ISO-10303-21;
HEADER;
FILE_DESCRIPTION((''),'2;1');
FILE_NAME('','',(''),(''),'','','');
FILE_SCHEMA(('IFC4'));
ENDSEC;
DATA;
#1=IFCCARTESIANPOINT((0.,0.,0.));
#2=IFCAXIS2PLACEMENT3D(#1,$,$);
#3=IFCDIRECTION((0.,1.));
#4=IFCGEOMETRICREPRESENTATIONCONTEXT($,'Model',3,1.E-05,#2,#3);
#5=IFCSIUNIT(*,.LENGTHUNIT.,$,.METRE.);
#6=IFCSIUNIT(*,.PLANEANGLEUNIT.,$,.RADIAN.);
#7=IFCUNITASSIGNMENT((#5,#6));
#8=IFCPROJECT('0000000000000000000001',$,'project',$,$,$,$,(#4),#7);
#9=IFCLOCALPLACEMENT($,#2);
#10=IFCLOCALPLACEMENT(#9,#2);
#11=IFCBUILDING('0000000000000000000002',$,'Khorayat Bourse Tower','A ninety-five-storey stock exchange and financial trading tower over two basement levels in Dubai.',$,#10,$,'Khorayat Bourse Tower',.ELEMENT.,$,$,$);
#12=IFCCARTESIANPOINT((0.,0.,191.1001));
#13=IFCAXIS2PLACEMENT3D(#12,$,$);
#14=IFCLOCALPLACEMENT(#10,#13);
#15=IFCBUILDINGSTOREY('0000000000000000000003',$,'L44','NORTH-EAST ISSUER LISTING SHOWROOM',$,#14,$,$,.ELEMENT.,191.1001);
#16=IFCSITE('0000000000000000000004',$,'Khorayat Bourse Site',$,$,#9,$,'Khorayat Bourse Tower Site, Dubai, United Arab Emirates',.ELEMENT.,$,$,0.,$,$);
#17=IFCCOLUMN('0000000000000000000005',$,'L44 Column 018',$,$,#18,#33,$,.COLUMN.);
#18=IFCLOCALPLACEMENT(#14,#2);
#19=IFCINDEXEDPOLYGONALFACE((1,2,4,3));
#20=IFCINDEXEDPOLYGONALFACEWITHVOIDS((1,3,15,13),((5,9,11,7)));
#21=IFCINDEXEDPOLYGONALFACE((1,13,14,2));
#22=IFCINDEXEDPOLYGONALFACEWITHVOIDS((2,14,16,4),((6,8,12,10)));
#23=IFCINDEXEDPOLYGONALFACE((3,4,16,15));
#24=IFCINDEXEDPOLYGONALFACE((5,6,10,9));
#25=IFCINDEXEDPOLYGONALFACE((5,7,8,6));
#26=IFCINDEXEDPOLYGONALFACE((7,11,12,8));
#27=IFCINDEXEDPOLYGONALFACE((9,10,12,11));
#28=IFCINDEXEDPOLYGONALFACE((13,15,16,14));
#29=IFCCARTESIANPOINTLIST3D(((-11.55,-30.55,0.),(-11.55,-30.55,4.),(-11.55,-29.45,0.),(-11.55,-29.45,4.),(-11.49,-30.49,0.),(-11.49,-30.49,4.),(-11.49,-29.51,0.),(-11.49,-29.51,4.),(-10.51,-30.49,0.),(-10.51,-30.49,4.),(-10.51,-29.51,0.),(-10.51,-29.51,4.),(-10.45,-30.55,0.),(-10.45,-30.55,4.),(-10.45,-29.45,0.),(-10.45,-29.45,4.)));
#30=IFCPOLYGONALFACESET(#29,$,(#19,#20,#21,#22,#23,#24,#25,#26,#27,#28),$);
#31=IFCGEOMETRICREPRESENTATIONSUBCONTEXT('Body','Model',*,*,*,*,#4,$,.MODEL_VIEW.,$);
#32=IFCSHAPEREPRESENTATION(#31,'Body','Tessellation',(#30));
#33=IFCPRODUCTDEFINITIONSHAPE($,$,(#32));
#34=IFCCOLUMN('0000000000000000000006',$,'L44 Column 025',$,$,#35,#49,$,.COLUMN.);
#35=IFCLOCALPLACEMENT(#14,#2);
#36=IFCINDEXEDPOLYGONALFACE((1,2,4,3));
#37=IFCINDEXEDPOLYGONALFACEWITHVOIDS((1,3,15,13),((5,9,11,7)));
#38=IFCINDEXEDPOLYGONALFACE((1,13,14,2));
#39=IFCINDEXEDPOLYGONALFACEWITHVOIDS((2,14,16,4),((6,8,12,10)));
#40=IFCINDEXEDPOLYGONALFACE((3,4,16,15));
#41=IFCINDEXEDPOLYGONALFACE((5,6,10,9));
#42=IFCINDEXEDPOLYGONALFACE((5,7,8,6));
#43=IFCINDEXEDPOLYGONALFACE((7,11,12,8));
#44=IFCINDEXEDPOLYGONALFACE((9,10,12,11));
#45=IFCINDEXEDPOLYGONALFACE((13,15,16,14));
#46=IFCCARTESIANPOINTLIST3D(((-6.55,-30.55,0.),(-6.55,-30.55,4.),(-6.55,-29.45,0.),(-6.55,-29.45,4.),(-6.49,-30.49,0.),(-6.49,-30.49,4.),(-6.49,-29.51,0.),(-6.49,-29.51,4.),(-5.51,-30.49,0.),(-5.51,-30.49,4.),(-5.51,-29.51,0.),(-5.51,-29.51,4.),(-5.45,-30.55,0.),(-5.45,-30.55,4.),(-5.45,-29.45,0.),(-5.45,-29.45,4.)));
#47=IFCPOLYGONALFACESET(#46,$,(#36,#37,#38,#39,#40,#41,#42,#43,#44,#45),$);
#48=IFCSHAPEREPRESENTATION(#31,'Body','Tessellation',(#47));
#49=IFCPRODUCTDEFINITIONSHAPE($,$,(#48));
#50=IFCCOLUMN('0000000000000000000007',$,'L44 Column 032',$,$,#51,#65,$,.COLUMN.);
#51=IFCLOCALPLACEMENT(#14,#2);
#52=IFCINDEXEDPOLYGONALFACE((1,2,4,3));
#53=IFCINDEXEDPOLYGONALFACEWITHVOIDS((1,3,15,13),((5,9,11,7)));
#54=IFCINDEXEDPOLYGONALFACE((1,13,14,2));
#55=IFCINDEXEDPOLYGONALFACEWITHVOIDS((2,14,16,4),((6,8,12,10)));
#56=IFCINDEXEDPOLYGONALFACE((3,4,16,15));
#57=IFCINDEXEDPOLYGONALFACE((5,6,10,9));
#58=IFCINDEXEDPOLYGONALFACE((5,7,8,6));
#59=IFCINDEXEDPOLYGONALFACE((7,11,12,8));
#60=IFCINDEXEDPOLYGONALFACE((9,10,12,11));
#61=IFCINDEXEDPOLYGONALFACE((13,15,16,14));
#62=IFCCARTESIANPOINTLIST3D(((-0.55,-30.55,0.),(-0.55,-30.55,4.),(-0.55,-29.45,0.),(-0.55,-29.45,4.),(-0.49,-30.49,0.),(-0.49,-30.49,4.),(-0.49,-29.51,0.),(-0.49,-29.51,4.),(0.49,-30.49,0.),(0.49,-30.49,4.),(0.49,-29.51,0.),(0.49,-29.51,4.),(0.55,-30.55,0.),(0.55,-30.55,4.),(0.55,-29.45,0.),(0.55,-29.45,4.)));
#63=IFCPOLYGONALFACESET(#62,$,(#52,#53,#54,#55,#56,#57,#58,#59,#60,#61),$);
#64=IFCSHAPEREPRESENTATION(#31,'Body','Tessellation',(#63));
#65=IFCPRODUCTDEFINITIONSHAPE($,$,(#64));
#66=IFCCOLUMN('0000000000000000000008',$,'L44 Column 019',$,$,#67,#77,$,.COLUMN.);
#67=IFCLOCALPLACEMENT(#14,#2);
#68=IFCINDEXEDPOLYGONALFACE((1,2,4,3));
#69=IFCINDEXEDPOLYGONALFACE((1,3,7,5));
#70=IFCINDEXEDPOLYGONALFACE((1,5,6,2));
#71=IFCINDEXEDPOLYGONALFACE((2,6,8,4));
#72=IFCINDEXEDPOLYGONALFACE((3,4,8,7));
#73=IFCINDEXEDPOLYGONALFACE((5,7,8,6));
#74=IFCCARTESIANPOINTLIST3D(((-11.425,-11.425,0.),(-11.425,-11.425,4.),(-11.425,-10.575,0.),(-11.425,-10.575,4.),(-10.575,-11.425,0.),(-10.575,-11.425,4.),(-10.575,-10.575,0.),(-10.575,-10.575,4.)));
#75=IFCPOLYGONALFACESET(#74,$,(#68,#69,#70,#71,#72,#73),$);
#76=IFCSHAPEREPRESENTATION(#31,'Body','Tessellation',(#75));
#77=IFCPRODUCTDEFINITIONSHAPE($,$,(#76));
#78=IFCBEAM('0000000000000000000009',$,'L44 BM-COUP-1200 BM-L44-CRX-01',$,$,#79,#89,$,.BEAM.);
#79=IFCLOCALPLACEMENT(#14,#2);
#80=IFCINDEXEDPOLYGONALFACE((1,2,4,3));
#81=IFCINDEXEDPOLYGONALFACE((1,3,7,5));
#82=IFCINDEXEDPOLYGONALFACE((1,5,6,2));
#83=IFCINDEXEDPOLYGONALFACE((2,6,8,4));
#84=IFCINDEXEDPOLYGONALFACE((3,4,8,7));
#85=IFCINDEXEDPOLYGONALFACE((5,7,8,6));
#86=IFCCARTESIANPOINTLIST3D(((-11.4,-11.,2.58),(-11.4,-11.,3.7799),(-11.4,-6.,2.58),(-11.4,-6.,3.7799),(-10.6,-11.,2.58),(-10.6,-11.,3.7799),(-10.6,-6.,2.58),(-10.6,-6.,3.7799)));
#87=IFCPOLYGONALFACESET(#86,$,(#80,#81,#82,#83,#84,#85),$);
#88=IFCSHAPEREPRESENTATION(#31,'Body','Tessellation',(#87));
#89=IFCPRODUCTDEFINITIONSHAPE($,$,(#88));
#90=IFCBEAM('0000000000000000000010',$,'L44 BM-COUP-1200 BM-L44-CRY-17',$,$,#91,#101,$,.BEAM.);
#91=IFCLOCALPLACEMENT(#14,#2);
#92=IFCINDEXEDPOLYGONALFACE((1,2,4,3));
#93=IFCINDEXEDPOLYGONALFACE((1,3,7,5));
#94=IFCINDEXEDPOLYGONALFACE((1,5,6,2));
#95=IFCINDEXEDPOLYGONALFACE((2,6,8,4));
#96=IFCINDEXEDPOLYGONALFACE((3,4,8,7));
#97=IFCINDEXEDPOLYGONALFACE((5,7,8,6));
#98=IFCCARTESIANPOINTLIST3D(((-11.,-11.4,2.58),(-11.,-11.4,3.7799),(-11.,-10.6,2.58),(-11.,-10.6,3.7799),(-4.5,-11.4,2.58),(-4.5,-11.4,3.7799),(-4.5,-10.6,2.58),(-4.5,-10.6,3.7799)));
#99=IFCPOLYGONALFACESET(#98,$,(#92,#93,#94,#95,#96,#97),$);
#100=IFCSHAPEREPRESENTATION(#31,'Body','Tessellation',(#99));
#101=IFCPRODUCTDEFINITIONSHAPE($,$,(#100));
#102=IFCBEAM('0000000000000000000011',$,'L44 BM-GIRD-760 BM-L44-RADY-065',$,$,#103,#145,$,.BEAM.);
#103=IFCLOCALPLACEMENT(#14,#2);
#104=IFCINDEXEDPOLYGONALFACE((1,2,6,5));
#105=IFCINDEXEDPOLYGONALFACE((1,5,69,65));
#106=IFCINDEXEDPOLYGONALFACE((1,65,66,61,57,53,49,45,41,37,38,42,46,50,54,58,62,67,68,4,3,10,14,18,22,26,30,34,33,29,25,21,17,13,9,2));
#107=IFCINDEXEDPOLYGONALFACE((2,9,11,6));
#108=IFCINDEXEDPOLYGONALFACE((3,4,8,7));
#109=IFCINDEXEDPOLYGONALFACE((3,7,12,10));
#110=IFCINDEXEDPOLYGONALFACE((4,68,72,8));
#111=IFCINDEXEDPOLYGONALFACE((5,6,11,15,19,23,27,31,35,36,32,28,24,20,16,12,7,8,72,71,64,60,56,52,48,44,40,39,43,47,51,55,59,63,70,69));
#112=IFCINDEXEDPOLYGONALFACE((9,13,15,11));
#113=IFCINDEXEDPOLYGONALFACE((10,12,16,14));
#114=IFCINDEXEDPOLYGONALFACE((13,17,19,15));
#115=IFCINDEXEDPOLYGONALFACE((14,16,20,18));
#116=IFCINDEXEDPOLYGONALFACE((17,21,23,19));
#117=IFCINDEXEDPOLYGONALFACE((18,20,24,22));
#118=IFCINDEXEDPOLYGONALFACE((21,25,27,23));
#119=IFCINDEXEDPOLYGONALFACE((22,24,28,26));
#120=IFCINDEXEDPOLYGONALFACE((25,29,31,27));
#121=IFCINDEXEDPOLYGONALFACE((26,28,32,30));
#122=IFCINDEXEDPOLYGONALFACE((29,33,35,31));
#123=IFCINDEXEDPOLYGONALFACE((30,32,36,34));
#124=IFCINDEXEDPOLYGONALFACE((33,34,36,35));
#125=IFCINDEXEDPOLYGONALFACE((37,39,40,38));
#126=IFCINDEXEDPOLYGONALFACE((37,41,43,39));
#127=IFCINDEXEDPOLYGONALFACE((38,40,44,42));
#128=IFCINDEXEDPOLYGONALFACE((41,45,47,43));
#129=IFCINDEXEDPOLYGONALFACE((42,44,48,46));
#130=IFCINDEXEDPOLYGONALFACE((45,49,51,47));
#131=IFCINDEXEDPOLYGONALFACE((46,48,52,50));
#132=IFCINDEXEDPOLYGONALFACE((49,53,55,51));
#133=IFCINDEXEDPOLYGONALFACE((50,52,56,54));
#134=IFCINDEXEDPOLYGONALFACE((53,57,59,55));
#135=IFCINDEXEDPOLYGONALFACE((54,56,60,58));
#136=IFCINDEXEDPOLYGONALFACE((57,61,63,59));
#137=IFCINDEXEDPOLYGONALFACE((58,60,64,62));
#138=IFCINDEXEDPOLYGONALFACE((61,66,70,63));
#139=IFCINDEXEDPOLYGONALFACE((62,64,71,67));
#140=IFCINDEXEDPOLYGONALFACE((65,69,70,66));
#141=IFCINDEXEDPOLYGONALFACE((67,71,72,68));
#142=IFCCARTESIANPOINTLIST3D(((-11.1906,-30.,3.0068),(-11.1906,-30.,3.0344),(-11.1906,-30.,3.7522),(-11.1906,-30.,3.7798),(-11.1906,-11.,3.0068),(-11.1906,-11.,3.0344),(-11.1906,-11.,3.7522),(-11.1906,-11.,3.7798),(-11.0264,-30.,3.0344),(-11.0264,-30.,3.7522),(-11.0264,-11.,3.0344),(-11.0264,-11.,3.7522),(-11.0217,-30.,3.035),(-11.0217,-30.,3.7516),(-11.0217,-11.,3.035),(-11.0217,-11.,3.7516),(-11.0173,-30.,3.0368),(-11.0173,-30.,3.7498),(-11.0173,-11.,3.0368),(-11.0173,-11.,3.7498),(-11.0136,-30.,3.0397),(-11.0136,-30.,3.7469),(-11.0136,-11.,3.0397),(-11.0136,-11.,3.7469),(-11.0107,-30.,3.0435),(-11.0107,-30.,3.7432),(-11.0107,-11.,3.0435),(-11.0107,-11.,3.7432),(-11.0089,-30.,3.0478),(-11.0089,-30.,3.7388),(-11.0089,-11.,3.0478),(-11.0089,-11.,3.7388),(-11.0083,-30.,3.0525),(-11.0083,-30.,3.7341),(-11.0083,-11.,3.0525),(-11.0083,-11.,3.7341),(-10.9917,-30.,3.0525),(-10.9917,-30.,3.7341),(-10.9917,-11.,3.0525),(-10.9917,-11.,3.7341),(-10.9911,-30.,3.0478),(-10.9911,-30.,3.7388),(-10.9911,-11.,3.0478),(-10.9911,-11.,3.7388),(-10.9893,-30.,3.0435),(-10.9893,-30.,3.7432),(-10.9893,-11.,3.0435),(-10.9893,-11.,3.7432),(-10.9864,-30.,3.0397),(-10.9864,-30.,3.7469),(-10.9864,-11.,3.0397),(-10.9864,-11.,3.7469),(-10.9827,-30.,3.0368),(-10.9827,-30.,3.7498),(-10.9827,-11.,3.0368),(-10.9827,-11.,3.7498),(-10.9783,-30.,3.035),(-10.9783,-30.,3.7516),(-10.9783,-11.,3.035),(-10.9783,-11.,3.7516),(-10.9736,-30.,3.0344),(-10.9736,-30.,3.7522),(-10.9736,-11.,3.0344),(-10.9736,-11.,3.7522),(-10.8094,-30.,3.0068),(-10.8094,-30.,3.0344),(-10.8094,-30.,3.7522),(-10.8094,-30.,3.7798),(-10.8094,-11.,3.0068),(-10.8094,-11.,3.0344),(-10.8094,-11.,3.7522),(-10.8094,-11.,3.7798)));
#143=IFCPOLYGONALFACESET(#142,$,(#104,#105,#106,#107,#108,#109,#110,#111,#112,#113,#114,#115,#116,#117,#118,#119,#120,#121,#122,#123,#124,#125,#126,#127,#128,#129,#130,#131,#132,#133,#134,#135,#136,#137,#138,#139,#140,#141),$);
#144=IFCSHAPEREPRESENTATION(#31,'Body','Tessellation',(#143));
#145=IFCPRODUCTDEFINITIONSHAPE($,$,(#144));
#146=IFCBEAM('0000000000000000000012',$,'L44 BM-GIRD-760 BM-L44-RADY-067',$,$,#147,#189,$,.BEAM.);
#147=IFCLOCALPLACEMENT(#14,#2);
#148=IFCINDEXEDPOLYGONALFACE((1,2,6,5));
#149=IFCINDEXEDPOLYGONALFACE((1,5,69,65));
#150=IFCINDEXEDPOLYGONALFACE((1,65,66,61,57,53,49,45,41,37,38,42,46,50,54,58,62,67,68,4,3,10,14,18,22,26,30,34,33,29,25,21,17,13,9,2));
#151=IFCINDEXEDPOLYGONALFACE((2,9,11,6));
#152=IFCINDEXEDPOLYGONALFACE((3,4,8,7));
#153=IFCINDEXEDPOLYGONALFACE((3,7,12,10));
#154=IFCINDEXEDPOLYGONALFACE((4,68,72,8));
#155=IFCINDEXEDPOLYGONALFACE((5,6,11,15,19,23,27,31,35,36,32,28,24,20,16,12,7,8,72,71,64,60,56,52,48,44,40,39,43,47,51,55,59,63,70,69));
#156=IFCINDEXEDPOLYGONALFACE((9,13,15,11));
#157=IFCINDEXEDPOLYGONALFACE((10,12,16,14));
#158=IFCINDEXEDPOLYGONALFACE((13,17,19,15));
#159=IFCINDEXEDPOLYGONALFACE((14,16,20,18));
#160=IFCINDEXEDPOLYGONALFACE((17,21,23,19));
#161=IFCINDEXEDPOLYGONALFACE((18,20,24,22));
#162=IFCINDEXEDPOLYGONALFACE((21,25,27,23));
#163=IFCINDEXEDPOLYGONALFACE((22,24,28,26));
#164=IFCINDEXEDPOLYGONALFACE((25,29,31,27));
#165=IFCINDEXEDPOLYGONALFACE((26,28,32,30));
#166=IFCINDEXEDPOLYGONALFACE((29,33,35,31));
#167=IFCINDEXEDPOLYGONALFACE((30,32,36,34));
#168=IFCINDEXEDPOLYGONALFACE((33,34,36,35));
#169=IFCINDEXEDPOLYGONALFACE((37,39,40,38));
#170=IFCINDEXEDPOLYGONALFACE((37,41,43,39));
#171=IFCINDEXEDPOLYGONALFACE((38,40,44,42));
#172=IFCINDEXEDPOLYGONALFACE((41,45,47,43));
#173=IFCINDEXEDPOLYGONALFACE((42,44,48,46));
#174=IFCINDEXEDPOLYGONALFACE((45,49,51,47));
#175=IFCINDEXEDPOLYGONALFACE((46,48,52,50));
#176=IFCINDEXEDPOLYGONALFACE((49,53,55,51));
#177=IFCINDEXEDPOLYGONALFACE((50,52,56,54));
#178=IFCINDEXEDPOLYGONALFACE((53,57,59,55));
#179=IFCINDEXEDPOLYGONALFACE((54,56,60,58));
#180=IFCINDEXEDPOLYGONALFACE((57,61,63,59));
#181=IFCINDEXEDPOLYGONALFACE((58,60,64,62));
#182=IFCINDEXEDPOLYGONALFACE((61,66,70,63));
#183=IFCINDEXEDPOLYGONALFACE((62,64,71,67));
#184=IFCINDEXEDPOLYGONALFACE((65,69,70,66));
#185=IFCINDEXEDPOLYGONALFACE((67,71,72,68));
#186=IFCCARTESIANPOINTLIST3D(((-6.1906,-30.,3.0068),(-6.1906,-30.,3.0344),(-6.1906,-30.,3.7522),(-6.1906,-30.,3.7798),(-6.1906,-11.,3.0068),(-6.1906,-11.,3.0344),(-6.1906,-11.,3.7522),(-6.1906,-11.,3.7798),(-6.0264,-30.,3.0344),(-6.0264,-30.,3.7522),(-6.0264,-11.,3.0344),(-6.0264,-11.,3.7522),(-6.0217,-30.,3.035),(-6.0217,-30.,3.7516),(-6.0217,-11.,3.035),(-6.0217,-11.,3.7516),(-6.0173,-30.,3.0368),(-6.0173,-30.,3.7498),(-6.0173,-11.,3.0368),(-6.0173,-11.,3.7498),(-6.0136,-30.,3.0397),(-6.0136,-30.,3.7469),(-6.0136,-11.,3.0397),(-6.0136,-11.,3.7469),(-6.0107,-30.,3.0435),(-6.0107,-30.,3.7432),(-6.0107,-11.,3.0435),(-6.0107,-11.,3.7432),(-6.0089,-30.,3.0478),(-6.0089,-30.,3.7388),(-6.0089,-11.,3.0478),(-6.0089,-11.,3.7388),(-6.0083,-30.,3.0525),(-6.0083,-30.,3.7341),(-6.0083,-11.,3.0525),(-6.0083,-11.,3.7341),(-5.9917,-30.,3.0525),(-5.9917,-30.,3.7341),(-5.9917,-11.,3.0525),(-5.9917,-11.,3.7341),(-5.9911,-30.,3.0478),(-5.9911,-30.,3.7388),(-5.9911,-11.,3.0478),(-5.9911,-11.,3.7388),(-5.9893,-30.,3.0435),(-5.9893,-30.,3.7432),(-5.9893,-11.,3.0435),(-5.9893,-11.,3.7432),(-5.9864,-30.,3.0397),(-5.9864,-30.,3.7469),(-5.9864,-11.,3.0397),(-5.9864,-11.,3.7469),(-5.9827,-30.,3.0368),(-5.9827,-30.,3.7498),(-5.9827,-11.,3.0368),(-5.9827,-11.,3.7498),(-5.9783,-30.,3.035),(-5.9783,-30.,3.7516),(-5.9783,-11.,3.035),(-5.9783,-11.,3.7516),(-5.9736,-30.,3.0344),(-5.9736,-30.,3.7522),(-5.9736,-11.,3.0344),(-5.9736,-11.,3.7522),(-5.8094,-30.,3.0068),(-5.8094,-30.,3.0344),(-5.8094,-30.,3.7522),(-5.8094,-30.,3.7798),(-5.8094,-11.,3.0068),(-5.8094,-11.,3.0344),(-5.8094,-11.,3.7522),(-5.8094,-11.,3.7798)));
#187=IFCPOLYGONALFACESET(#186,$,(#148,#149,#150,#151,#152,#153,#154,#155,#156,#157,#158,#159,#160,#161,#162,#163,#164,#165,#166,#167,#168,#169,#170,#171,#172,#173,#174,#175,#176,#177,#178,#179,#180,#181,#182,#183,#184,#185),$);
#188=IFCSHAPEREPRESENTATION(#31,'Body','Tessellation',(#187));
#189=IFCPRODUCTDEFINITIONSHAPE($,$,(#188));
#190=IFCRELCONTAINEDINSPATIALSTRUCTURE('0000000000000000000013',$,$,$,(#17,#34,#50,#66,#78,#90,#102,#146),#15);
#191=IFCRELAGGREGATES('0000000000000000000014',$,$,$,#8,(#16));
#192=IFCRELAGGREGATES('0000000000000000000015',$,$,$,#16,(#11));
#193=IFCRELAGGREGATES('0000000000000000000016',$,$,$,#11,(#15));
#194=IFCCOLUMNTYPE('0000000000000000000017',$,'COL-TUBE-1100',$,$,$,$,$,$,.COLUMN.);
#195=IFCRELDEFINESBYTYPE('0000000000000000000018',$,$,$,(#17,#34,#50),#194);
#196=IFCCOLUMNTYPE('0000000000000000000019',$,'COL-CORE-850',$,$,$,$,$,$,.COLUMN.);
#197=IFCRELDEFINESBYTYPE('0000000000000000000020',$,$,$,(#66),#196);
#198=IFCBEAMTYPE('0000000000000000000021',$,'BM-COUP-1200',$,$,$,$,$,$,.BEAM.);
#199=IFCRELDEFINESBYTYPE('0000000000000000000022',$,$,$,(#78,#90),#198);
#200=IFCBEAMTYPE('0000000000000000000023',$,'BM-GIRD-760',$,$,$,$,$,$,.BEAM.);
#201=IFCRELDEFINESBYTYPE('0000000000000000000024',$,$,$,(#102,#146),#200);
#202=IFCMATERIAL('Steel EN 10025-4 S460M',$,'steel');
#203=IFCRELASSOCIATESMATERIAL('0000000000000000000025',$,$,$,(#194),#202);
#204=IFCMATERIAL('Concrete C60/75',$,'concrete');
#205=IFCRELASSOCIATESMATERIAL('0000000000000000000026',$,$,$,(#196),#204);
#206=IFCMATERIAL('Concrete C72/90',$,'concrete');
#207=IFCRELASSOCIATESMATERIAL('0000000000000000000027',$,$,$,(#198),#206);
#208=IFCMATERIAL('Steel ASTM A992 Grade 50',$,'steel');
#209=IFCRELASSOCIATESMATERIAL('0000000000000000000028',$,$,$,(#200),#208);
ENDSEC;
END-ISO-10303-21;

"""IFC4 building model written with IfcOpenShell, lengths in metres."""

from ifc_helpers import new_model, si_unit, direction, frame, origin, origin_2d, place, context, subcontext, project, spatial, rectangle, hollow_rectangle, i_section, extrude, source, transform, mapped, material, material_profile, profile_set, type_object, element, save


model = new_model("IFC4")

# Units and contexts
model_context = context("Model", 3, precision=1e-05, world=origin(), true_north=direction((0.0, 1.0)))
body_context = subcontext(model_context, "Body", "Model", "MODEL_VIEW")
ifc_project = project(units=[si_unit("LENGTHUNIT", "METRE"), si_unit("PLANEANGLEUNIT", "RADIAN")], contexts=[model_context])

# Site, building, storey
site_placement = place(None, origin())
site = spatial("IfcSite", under=ifc_project, at=site_placement, Name="Khorayat Bourse Site", LongName="Khorayat Bourse Tower Site, Dubai, United Arab Emirates", CompositionType="ELEMENT", RefElevation=0.0)
building_placement = place(site_placement, origin())
building = spatial("IfcBuilding", under=site, at=building_placement, Name="Khorayat Bourse Tower", Description="A ninety-five-storey stock exchange and financial trading tower over two basement levels in Dubai.", LongName="Khorayat Bourse Tower", CompositionType="ELEMENT")
storey_placement = place(building_placement, frame((0.0, 0.0, 191.1001)))
storey = spatial("IfcBuildingStorey", under=building, at=storey_placement, Name="L44", Description="NORTH-EAST ISSUER LISTING SHOWROOM", CompositionType="ELEMENT", Elevation=191.1001)

# Columns
ifc_material_1 = material(Name="Steel EN 10025-4 S460M", Category="steel")
ifc_material_profile_1 = material_profile(ifc_material_1, hollow_rectangle(XDim=1.1001, YDim=1.1001, WallThickness=0.0601, at=origin_2d()), Name="BOX 1100x1100x60")
ifc_profile_set_1 = profile_set([ifc_material_profile_1], Name="Steel EN 10025-4 S460M")
column_type_1 = type_object("IfcColumnType", Name="COL-TUBE-1100", PredefinedType="COLUMN", material=ifc_profile_set_1)
shared_shape_1 = source(origin(), body_context, "Body", "SweptSolid", [
    extrude(hollow_rectangle(XDim=1.1001, YDim=1.1001, WallThickness=0.0601, at=origin_2d()), origin(), (0.0, 0.0, 1.0), 4.0),
])
for number, where, z_axis, x_axis, name in (
    (1, (-11.0, -30.0, 0.0), (0.0, 0.0, 1.0), (1.0, 0.0, 0.0), "L44 Column 018"),
    (2, (-6.0, -30.0, 0.0), (0.0, 0.0, 1.0), (1.0, 0.0, 0.0), "L44 Column 025"),
    (3, (0.0, -30.0, 0.0), (0.0, 0.0, 1.0), (1.0, 0.0, 0.0), "L44 Column 032"),
):
    element("IfcColumn", number, at=place(storey_placement, frame(where, z_axis=z_axis, x_axis=x_axis)), inside=storey, type_object=column_type_1, Name=name, PredefinedType="COLUMN", context=body_context, shape_type="MappedRepresentation", body=[
        mapped(shared_shape_1, transform((0.0, 0.0, 0.0), scale=1.0)),
    ])
ifc_material_2 = material(Name="Concrete C60/75", Category="concrete")
ifc_material_profile_2 = material_profile(ifc_material_2, rectangle(XDim=0.8501, YDim=0.8501, at=origin_2d()), Name="RC 850x850")
ifc_profile_set_2 = profile_set([ifc_material_profile_2], Name="Concrete C60/75")
column_type_2 = type_object("IfcColumnType", Name="COL-CORE-850", PredefinedType="COLUMN", material=ifc_profile_set_2)
shared_shape_2 = source(origin(), body_context, "Body", "SweptSolid", [
    extrude(rectangle(XDim=0.8501, YDim=0.8501, at=origin_2d()), origin(), (0.0, 0.0, 1.0), 4.0),
])
column_placement = place(storey_placement, frame((-11.0, -11.0, 0.0), z_axis=(0.0, 0.0, 1.0), x_axis=(1.0, 0.0, 0.0)))
element("IfcColumn", 4, at=column_placement, inside=storey, type_object=column_type_2, Name="L44 Column 019", PredefinedType="COLUMN", context=body_context, shape_type="MappedRepresentation", body=[
    mapped(shared_shape_2, transform((0.0, 0.0, 0.0), scale=1.0)),
])

# Beams
ifc_material_3 = material(Name="Concrete C72/90", Category="concrete")
ifc_material_profile_3 = material_profile(ifc_material_3, rectangle(XDim=0.8, YDim=1.2, at=origin_2d()), Name="RC 800x1200")
ifc_profile_set_3 = profile_set([ifc_material_profile_3], Name="Concrete C72/90")
beam_type_1 = type_object("IfcBeamType", Name="BM-COUP-1200", PredefinedType="BEAM", material=ifc_profile_set_3)
shared_shape_3 = source(origin(), body_context, "Body", "SweptSolid", [
    extrude(rectangle(XDim=0.8, YDim=1.2, at=origin_2d()), origin(), (0.0, 0.0, 1.0), 5.0),
])
beam_1_placement = place(storey_placement, frame((-11.0, -11.0, 3.1799), z_axis=(0.0, 1.0, 0.0), x_axis=(-1.0, 0.0, 0.0)))
element("IfcBeam", 5, at=beam_1_placement, inside=storey, type_object=beam_type_1, Name="L44 BM-COUP-1200 BM-L44-CRX-01", PredefinedType="BEAM", context=body_context, shape_type="MappedRepresentation", body=[
    mapped(shared_shape_3, transform((0.0, 0.0, 0.0), scale=1.0)),
])
shared_shape_4 = source(origin(), body_context, "Body", "SweptSolid", [
    extrude(rectangle(XDim=0.8, YDim=1.2, at=origin_2d()), origin(), (0.0, 0.0, 1.0), 6.5),
])
beam_2_placement = place(storey_placement, frame((-11.0, -11.0, 3.1799), z_axis=(1.0, 0.0, 0.0), x_axis=(0.0, 1.0, 0.0)))
element("IfcBeam", 6, at=beam_2_placement, inside=storey, type_object=beam_type_1, Name="L44 BM-COUP-1200 BM-L44-CRY-17", PredefinedType="BEAM", context=body_context, shape_type="MappedRepresentation", body=[
    mapped(shared_shape_4, transform((0.0, 0.0, 0.0), scale=1.0)),
])
ifc_material_4 = material(Name="Steel ASTM A992 Grade 50", Category="steel")
ifc_material_profile_4 = material_profile(ifc_material_4, i_section(OverallWidth=0.3811, OverallDepth=0.7729, WebThickness=0.0166, FlangeThickness=0.0276, FilletRadius=0.0181, at=origin_2d()), Name="W760X257")
ifc_profile_set_4 = profile_set([ifc_material_profile_4], Name="Steel ASTM A992 Grade 50")
beam_type_2 = type_object("IfcBeamType", Name="BM-GIRD-760", PredefinedType="BEAM", material=ifc_profile_set_4)
shared_shape_5 = source(origin(), body_context, "Body", "SweptSolid", [
    extrude(i_section(OverallWidth=0.3811, OverallDepth=0.7729, WebThickness=0.0166, FlangeThickness=0.0276, FilletRadius=0.0181, at=origin_2d()), origin(), (0.0, 0.0, 1.0), 19.0),
])
for number, where, z_axis, x_axis, name in (
    (7, (-11.0, -30.0, 3.3933), (0.0, 1.0, 0.0), (-1.0, 0.0, 0.0), "L44 BM-GIRD-760 BM-L44-RADY-065"),
    (8, (-6.0, -30.0, 3.3933), (0.0, 1.0, 0.0), (-1.0, 0.0, 0.0), "L44 BM-GIRD-760 BM-L44-RADY-067"),
):
    element("IfcBeam", number, at=place(storey_placement, frame(where, z_axis=z_axis, x_axis=x_axis)), inside=storey, type_object=beam_type_2, Name=name, PredefinedType="BEAM", context=body_context, shape_type="MappedRepresentation", body=[
        mapped(shared_shape_5, transform((0.0, 0.0, 0.0), scale=1.0)),
    ])

save(model, "model.ifc")
